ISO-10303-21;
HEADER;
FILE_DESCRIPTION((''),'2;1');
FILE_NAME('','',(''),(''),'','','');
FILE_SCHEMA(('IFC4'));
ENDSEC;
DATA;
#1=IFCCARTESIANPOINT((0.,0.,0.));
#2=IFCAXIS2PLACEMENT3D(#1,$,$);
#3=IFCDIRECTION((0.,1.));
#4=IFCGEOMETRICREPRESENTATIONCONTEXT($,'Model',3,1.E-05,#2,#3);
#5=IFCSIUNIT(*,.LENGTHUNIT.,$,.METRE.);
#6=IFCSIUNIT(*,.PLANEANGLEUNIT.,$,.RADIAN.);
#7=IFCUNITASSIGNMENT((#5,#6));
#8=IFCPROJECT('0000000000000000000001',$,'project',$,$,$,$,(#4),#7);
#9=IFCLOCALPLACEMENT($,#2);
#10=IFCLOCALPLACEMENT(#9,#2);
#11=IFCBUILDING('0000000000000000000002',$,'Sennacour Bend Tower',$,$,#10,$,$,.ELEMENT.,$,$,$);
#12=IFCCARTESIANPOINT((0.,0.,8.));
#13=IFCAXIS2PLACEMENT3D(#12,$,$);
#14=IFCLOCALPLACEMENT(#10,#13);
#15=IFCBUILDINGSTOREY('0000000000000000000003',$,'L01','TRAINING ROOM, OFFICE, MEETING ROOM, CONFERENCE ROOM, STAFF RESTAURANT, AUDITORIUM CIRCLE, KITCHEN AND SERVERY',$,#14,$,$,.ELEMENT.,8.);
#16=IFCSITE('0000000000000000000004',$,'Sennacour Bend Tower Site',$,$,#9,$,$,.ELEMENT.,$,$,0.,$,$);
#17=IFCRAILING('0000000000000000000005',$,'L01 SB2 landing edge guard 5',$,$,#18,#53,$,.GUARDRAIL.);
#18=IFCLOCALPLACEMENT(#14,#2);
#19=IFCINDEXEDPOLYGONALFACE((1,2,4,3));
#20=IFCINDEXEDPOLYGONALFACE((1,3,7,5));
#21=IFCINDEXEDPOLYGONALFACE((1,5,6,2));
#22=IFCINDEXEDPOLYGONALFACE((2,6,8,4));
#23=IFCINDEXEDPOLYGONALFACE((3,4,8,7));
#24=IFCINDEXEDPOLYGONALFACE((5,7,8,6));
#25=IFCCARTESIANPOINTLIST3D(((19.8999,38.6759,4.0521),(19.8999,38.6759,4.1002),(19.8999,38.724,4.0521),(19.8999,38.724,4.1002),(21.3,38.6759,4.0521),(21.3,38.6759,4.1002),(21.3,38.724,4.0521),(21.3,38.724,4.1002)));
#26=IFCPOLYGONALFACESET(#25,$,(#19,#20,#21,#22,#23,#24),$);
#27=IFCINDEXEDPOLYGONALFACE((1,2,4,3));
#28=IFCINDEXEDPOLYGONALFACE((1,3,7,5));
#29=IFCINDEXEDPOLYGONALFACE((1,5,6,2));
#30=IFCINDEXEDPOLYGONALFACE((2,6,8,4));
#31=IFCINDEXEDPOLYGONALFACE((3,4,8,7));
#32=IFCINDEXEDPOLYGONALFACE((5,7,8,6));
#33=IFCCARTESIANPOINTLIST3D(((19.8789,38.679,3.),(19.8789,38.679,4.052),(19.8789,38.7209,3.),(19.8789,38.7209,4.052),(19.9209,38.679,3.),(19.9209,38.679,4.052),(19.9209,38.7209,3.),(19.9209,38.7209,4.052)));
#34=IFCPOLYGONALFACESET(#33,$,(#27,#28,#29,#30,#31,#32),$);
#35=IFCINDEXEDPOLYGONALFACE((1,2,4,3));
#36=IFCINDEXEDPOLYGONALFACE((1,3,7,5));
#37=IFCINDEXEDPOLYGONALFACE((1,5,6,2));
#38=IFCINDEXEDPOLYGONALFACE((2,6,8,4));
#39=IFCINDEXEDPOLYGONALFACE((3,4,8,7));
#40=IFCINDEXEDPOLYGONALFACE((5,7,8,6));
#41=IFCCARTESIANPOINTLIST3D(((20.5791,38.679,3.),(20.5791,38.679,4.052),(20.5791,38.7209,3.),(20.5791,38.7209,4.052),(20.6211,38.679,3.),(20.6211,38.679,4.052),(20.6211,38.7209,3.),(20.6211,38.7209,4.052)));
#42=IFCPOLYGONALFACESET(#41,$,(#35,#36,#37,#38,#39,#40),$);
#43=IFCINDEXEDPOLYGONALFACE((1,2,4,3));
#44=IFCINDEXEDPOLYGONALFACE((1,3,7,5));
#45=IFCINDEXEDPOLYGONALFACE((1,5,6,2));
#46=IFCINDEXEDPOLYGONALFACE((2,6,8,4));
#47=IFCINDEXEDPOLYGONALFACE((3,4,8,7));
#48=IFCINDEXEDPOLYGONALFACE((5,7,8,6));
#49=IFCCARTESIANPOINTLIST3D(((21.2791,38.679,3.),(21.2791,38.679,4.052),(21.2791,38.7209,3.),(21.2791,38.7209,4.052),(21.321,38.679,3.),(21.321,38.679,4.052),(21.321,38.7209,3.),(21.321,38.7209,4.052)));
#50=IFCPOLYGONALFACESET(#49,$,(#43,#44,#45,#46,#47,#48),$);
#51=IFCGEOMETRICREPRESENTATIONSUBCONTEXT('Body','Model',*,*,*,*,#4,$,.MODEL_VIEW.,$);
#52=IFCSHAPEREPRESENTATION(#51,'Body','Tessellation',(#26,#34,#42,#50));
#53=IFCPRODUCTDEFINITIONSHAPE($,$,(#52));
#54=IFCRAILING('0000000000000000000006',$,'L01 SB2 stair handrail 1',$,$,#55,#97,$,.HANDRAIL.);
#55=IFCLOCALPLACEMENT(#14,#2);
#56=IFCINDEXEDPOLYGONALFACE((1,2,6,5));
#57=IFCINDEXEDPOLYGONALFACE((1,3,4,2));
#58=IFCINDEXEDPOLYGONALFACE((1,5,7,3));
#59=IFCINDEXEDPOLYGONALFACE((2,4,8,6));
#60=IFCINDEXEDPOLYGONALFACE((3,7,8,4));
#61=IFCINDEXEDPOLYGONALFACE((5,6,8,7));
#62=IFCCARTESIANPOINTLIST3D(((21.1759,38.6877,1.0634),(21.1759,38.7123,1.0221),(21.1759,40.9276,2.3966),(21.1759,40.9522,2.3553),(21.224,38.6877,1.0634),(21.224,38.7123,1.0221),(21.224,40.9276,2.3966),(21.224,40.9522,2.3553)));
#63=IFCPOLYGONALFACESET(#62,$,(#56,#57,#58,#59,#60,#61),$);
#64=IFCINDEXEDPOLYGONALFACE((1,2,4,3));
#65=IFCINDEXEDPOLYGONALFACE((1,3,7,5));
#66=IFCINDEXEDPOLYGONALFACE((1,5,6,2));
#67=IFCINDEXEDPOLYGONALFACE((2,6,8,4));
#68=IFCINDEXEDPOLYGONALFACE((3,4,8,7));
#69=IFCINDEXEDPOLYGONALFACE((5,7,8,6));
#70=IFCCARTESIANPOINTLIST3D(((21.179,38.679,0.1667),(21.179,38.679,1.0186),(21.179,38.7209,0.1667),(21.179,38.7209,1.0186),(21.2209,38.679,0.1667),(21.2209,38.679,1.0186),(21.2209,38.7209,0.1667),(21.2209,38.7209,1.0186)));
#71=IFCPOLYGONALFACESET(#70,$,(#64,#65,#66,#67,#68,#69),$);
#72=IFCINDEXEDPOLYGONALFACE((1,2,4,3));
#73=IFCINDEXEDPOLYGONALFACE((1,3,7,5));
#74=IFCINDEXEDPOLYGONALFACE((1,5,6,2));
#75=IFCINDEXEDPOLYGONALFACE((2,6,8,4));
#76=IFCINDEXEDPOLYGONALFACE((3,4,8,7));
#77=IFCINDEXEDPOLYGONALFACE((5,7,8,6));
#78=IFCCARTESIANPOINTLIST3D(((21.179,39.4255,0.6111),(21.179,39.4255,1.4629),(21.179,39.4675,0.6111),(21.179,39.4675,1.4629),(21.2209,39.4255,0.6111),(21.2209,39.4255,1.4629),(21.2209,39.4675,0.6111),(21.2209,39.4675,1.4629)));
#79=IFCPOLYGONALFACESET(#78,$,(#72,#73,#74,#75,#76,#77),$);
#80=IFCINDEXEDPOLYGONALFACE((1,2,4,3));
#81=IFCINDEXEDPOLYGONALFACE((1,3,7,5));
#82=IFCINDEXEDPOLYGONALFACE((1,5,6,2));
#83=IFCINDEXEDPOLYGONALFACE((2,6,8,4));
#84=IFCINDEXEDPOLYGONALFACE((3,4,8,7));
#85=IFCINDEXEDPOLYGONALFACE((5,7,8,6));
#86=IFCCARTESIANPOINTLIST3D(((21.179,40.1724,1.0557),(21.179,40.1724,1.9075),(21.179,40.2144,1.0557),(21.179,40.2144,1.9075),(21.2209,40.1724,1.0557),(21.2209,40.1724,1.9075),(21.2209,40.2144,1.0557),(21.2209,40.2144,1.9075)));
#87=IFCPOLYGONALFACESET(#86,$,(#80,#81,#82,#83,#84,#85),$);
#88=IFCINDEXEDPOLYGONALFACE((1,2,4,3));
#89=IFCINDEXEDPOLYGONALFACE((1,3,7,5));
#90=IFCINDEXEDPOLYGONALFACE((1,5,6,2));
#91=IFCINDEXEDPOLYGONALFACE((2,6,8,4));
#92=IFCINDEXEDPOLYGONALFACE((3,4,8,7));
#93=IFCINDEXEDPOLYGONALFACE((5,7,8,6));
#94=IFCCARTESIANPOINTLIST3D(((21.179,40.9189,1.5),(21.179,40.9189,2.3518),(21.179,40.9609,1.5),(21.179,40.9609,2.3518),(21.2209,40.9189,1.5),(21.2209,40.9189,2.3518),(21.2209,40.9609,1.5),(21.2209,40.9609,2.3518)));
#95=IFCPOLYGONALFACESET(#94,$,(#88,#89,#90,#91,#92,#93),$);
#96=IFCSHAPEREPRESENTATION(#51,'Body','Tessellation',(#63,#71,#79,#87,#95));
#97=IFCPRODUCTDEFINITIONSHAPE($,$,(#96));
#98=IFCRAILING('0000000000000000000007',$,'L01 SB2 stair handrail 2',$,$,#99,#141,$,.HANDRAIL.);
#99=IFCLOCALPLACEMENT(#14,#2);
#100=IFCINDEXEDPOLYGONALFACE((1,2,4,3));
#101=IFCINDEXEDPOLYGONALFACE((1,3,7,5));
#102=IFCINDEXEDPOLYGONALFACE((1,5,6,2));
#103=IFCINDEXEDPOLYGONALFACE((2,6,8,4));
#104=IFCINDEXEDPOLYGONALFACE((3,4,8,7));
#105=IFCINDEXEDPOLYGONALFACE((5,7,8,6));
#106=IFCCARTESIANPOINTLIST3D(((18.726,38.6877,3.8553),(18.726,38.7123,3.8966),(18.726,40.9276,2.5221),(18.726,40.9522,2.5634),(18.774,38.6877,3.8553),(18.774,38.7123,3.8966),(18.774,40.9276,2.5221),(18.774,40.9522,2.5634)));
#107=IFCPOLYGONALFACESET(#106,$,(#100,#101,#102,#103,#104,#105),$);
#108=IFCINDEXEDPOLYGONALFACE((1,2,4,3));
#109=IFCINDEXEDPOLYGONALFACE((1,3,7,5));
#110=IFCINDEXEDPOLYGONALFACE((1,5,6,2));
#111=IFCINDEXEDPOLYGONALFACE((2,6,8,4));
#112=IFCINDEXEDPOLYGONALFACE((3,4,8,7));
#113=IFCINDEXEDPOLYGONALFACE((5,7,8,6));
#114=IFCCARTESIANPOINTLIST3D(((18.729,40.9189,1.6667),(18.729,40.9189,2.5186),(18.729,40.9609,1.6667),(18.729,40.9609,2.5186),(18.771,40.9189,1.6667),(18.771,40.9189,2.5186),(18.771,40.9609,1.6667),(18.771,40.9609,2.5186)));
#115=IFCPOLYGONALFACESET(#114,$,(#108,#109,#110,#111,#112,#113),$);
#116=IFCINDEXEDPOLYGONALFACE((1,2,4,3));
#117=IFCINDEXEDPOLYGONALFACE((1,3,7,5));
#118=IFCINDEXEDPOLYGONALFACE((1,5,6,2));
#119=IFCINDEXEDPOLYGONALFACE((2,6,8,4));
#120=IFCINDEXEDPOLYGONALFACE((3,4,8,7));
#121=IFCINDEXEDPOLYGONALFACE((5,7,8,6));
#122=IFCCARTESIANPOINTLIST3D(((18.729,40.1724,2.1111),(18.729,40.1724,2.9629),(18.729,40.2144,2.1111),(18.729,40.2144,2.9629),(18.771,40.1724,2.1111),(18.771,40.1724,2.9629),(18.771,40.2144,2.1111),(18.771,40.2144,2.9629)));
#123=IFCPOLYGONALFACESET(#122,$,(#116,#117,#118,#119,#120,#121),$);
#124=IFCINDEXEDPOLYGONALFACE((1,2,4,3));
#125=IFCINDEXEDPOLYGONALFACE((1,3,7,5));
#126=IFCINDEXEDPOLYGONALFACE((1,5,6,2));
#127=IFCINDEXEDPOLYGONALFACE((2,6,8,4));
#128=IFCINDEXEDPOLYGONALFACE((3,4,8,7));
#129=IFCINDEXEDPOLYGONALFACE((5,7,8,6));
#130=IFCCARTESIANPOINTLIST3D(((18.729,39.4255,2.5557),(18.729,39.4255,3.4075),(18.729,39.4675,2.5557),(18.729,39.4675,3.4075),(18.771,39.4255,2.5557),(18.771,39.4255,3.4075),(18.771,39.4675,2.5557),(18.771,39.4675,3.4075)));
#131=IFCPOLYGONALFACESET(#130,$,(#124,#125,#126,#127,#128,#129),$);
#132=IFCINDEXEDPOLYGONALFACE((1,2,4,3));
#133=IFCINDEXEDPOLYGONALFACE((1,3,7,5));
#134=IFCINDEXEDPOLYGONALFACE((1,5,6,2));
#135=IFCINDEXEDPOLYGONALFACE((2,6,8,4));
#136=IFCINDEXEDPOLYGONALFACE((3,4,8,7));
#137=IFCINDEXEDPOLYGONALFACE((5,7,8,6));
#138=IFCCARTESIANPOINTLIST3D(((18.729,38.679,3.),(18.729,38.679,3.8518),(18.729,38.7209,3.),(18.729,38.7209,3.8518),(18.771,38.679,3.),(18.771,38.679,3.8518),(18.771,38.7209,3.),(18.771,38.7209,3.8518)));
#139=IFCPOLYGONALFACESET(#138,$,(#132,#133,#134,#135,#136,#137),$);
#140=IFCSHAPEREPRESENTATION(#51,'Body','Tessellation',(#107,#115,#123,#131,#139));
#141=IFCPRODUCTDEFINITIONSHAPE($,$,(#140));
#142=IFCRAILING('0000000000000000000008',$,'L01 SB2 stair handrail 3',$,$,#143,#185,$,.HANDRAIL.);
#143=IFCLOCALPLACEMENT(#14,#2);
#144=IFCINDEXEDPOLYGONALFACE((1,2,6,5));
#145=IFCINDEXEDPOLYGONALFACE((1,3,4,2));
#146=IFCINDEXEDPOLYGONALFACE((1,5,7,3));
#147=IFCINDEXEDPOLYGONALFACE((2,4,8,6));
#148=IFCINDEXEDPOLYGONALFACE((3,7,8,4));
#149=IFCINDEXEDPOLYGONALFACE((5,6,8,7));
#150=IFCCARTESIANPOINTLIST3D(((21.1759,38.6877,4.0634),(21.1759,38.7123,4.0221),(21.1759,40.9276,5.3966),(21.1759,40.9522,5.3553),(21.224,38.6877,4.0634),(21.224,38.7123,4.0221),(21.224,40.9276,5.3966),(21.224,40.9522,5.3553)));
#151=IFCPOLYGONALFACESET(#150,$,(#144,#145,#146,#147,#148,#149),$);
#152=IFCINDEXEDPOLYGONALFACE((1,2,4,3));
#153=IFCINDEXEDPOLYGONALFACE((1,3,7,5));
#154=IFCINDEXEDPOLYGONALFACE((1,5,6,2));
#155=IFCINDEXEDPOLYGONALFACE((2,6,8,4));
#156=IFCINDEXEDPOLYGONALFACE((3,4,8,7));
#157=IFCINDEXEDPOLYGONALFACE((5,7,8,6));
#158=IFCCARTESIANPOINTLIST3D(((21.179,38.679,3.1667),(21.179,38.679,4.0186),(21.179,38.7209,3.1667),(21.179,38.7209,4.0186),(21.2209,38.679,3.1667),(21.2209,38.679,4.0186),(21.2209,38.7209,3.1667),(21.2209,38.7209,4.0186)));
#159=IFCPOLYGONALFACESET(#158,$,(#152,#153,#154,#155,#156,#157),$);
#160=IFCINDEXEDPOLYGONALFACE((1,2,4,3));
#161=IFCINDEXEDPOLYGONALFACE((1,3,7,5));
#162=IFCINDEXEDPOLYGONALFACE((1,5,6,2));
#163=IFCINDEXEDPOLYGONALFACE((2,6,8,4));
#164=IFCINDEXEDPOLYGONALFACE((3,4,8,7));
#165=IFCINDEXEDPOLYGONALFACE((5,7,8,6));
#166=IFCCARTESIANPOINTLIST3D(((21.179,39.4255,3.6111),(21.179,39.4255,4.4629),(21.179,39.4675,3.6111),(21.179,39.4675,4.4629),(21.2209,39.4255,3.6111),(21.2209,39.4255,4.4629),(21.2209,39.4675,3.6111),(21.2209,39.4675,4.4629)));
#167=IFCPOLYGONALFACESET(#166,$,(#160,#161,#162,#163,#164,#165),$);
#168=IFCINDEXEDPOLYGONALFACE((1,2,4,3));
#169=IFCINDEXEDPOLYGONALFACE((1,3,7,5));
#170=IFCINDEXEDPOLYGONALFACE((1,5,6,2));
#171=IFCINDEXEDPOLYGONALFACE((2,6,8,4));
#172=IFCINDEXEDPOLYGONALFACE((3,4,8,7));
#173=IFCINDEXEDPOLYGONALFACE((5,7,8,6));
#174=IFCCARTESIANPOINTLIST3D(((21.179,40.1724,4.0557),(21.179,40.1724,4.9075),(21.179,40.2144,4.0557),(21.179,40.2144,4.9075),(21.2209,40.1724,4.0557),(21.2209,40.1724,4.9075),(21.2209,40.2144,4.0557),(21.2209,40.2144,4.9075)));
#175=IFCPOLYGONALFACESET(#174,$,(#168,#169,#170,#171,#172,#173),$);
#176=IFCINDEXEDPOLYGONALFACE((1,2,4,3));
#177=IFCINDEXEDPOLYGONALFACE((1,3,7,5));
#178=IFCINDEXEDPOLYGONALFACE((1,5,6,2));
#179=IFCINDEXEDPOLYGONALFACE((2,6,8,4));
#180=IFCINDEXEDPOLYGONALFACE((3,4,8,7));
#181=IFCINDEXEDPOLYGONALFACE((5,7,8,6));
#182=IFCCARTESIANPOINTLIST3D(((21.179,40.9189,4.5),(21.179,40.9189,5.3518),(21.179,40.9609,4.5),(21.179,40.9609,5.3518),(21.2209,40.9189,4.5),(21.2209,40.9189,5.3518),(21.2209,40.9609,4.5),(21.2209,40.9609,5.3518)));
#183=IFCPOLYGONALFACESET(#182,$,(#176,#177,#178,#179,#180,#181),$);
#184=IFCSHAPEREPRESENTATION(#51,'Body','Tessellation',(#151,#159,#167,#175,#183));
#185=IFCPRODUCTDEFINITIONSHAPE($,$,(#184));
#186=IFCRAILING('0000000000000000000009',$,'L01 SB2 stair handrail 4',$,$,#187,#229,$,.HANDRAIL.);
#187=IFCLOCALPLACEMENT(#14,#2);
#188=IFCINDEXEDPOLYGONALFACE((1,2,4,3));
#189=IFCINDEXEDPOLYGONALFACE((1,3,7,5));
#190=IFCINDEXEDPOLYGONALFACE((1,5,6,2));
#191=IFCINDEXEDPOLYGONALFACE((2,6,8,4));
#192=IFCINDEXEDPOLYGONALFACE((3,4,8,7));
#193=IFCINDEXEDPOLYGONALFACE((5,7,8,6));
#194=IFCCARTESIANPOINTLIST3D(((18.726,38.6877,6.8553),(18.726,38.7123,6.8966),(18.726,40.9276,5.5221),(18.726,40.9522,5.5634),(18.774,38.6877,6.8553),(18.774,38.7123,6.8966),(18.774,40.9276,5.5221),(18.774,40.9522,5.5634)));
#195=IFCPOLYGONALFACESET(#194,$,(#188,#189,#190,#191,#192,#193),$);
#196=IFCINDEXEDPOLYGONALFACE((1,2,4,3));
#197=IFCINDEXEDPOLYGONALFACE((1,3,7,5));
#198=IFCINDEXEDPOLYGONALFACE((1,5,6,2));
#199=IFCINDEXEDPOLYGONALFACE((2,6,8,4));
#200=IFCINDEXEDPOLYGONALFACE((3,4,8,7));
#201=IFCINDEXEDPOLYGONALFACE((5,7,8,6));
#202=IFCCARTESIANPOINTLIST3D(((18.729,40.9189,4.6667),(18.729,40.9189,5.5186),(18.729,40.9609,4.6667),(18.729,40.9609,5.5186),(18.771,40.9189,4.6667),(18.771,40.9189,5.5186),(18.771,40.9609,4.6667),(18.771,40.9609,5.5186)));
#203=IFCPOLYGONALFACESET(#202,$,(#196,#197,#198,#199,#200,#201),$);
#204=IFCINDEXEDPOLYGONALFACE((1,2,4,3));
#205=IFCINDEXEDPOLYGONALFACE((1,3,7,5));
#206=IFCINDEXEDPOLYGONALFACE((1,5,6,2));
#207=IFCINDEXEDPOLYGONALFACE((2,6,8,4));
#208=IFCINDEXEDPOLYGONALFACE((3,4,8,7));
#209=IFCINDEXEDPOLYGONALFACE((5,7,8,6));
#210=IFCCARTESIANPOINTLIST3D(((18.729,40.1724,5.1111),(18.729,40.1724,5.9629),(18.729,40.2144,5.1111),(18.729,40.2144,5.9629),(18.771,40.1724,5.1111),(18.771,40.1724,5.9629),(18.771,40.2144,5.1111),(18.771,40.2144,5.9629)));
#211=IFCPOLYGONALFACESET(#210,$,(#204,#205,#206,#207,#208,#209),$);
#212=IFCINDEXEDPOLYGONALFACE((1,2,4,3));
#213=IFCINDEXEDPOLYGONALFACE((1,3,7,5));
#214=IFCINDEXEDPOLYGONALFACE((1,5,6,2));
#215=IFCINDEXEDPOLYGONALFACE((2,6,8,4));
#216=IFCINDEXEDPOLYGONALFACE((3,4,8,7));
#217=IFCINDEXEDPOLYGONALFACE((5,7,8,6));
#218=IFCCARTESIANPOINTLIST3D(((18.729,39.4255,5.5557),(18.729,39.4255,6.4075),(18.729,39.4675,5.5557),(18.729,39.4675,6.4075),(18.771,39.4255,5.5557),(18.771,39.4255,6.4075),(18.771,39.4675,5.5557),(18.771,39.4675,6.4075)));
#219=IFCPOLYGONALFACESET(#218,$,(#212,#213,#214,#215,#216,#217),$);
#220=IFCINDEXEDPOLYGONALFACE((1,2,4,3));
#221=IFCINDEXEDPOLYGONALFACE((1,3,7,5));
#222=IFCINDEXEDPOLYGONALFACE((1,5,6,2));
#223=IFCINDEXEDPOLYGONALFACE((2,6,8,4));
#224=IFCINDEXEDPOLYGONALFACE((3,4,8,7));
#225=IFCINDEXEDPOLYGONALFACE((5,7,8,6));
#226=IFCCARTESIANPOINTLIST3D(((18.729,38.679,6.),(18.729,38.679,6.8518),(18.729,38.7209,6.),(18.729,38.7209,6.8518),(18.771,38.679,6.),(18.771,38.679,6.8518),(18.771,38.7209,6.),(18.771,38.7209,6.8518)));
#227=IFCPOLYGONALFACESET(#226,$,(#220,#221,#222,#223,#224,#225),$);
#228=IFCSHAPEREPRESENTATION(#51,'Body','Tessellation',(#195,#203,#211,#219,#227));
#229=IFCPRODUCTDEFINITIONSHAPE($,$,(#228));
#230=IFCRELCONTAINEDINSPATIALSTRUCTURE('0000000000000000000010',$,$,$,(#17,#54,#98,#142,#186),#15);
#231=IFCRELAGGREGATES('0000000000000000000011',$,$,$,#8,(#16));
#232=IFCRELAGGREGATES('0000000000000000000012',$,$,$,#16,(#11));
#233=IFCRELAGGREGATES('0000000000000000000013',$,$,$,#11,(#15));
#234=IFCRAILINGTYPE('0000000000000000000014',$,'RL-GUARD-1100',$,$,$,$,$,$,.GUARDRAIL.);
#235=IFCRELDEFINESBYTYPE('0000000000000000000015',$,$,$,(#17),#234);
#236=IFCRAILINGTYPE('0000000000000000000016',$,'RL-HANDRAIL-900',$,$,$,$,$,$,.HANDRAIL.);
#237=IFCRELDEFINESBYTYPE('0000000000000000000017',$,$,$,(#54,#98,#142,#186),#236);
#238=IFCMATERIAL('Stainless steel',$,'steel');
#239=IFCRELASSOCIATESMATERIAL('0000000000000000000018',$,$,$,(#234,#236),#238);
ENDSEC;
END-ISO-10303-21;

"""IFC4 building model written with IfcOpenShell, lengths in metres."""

from ifc_helpers import new_model, si_unit, direction, frame, origin, origin_2d, place, context, subcontext, project, spatial, rectangle, extrude, material, type_object, element, save


model = new_model("IFC4")

# Units and contexts
model_context = context("Model", 3, precision=1e-05, world=origin(), true_north=direction((0.0, 1.0)))
body_context = subcontext(model_context, "Body", "Model", "MODEL_VIEW")
ifc_project = project(units=[si_unit("LENGTHUNIT", "METRE"), si_unit("PLANEANGLEUNIT", "RADIAN")], contexts=[model_context])

# Site, building, storey
site_placement = place(None, origin())
site = spatial("IfcSite", under=ifc_project, at=site_placement, Name="Sennacour Bend Tower Site", CompositionType="ELEMENT", RefElevation=0.0)
building_placement = place(site_placement, origin())
building = spatial("IfcBuilding", under=site, at=building_placement, Name="Sennacour Bend Tower", CompositionType="ELEMENT")
storey_placement = place(building_placement, frame((0.0, 0.0, 8.0)))
storey = spatial("IfcBuildingStorey", under=building, at=storey_placement, Name="L01", Description="TRAINING ROOM, OFFICE, MEETING ROOM, CONFERENCE ROOM, STAFF RESTAURANT, AUDITORIUM CIRCLE, KITCHEN AND SERVERY", CompositionType="ELEMENT", Elevation=8.0)

# Railings
ifc_material_1 = material(Name="Stainless steel", Category="steel")
railing_type_1 = type_object("IfcRailingType", Name="RL-GUARD-1100", PredefinedType="GUARDRAIL", material=ifc_material_1)
railing_1_placement = place(storey_placement, frame((19.8999, 38.7, 3.0)))
element("IfcRailing", 1, at=railing_1_placement, inside=storey, type_object=railing_type_1, Name="L01 SB2 landing edge guard 5", PredefinedType="GUARDRAIL", context=body_context, shape_type="SweptSolid", body=[
    extrude(rectangle(XDim=0.0481, YDim=0.0481, at=origin_2d()), frame((0.0, 0.0, 1.0762), z_axis=(1.0, 0.0, 0.0), x_axis=(0.0, 1.0, 0.0)), (0.0, 0.0, 1.0), 1.4001),
    extrude(rectangle(XDim=0.042, YDim=0.042, at=origin_2d()), origin(), (0.0, 0.0, 1.0), 1.052),
    extrude(rectangle(XDim=0.042, YDim=0.042, at=origin_2d()), frame((0.7002, 0.0, 0.0)), (0.0, 0.0, 1.0), 1.052),
    extrude(rectangle(XDim=0.042, YDim=0.042, at=origin_2d()), frame((1.4001, 0.0, 0.0)), (0.0, 0.0, 1.0), 1.052),
])
railing_type_2 = type_object("IfcRailingType", Name="RL-HANDRAIL-900", PredefinedType="HANDRAIL", material=ifc_material_1)
railing_2_placement = place(storey_placement, frame((21.2, 38.7, 0.1667)))
element("IfcRailing", 2, at=railing_2_placement, inside=storey, type_object=railing_type_2, Name="L01 SB2 stair handrail 1", PredefinedType="HANDRAIL", context=body_context, shape_type="SweptSolid", body=[
    extrude(rectangle(XDim=0.0481, YDim=0.0481, at=origin_2d()), frame((0.0, 0.0, 0.876), z_axis=(0.0, 0.859306, 0.511462), x_axis=(-1.0, 0.0, 0.0)), (0.0, 0.0, 1.0), 2.6067),
    extrude(rectangle(XDim=0.042, YDim=0.042, at=origin_2d()), origin(), (0.0, 0.0, 1.0), 0.8518),
    extrude(rectangle(XDim=0.042, YDim=0.042, at=origin_2d()), frame((0.0, 0.7466, 0.4443)), (0.0, 0.0, 1.0), 0.8518),
    extrude(rectangle(XDim=0.042, YDim=0.042, at=origin_2d()), frame((0.0, 1.4934, 0.8889)), (0.0, 0.0, 1.0), 0.8518),
    extrude(rectangle(XDim=0.042, YDim=0.042, at=origin_2d()), frame((0.0, 2.24, 1.3333)), (0.0, 0.0, 1.0), 0.8518),
])
railing_3_placement = place(storey_placement, frame((18.75, 40.9399, 1.6667)))
element("IfcRailing", 3, at=railing_3_placement, inside=storey, type_object=railing_type_2, Name="L01 SB2 stair handrail 2", PredefinedType="HANDRAIL", context=body_context, shape_type="SweptSolid", body=[
    extrude(rectangle(XDim=0.0481, YDim=0.0481, at=origin_2d()), frame((0.0, 0.0, 0.876), z_axis=(0.0, -0.859306, 0.511462), x_axis=(1.0, 0.0, 0.0)), (0.0, 0.0, 1.0), 2.6067),
    extrude(rectangle(XDim=0.042, YDim=0.042, at=origin_2d()), origin(), (0.0, 0.0, 1.0), 0.8518),
    extrude(rectangle(XDim=0.042, YDim=0.042, at=origin_2d()), frame((0.0, -0.7466, 0.4443)), (0.0, 0.0, 1.0), 0.8518),
    extrude(rectangle(XDim=0.042, YDim=0.042, at=origin_2d()), frame((0.0, -1.4934, 0.8889)), (0.0, 0.0, 1.0), 0.8518),
    extrude(rectangle(XDim=0.042, YDim=0.042, at=origin_2d()), frame((0.0, -2.24, 1.3333)), (0.0, 0.0, 1.0), 0.8518),
])
railing_4_placement = place(storey_placement, frame((21.2, 38.7, 3.1667)))
element("IfcRailing", 4, at=railing_4_placement, inside=storey, type_object=railing_type_2, Name="L01 SB2 stair handrail 3", PredefinedType="HANDRAIL", context=body_context, shape_type="SweptSolid", body=[
    extrude(rectangle(XDim=0.0481, YDim=0.0481, at=origin_2d()), frame((0.0, 0.0, 0.876), z_axis=(0.0, 0.859306, 0.511462), x_axis=(-1.0, 0.0, 0.0)), (0.0, 0.0, 1.0), 2.6067),
    extrude(rectangle(XDim=0.042, YDim=0.042, at=origin_2d()), origin(), (0.0, 0.0, 1.0), 0.8518),
    extrude(rectangle(XDim=0.042, YDim=0.042, at=origin_2d()), frame((0.0, 0.7466, 0.4443)), (0.0, 0.0, 1.0), 0.8518),
    extrude(rectangle(XDim=0.042, YDim=0.042, at=origin_2d()), frame((0.0, 1.4934, 0.8889)), (0.0, 0.0, 1.0), 0.8518),
    extrude(rectangle(XDim=0.042, YDim=0.042, at=origin_2d()), frame((0.0, 2.24, 1.3333)), (0.0, 0.0, 1.0), 0.8518),
])
railing_5_placement = place(storey_placement, frame((18.75, 40.9399, 4.6667)))
element("IfcRailing", 5, at=railing_5_placement, inside=storey, type_object=railing_type_2, Name="L01 SB2 stair handrail 4", PredefinedType="HANDRAIL", context=body_context, shape_type="SweptSolid", body=[
    extrude(rectangle(XDim=0.0481, YDim=0.0481, at=origin_2d()), frame((0.0, 0.0, 0.876), z_axis=(0.0, -0.859306, 0.511462), x_axis=(1.0, 0.0, 0.0)), (0.0, 0.0, 1.0), 2.6067),
    extrude(rectangle(XDim=0.042, YDim=0.042, at=origin_2d()), origin(), (0.0, 0.0, 1.0), 0.8518),
    extrude(rectangle(XDim=0.042, YDim=0.042, at=origin_2d()), frame((0.0, -0.7466, 0.4443)), (0.0, 0.0, 1.0), 0.8518),
    extrude(rectangle(XDim=0.042, YDim=0.042, at=origin_2d()), frame((0.0, -1.4934, 0.8889)), (0.0, 0.0, 1.0), 0.8518),
    extrude(rectangle(XDim=0.042, YDim=0.042, at=origin_2d()), frame((0.0, -2.24, 1.3333)), (0.0, 0.0, 1.0), 0.8518),
])

save(model, "model.ifc")
